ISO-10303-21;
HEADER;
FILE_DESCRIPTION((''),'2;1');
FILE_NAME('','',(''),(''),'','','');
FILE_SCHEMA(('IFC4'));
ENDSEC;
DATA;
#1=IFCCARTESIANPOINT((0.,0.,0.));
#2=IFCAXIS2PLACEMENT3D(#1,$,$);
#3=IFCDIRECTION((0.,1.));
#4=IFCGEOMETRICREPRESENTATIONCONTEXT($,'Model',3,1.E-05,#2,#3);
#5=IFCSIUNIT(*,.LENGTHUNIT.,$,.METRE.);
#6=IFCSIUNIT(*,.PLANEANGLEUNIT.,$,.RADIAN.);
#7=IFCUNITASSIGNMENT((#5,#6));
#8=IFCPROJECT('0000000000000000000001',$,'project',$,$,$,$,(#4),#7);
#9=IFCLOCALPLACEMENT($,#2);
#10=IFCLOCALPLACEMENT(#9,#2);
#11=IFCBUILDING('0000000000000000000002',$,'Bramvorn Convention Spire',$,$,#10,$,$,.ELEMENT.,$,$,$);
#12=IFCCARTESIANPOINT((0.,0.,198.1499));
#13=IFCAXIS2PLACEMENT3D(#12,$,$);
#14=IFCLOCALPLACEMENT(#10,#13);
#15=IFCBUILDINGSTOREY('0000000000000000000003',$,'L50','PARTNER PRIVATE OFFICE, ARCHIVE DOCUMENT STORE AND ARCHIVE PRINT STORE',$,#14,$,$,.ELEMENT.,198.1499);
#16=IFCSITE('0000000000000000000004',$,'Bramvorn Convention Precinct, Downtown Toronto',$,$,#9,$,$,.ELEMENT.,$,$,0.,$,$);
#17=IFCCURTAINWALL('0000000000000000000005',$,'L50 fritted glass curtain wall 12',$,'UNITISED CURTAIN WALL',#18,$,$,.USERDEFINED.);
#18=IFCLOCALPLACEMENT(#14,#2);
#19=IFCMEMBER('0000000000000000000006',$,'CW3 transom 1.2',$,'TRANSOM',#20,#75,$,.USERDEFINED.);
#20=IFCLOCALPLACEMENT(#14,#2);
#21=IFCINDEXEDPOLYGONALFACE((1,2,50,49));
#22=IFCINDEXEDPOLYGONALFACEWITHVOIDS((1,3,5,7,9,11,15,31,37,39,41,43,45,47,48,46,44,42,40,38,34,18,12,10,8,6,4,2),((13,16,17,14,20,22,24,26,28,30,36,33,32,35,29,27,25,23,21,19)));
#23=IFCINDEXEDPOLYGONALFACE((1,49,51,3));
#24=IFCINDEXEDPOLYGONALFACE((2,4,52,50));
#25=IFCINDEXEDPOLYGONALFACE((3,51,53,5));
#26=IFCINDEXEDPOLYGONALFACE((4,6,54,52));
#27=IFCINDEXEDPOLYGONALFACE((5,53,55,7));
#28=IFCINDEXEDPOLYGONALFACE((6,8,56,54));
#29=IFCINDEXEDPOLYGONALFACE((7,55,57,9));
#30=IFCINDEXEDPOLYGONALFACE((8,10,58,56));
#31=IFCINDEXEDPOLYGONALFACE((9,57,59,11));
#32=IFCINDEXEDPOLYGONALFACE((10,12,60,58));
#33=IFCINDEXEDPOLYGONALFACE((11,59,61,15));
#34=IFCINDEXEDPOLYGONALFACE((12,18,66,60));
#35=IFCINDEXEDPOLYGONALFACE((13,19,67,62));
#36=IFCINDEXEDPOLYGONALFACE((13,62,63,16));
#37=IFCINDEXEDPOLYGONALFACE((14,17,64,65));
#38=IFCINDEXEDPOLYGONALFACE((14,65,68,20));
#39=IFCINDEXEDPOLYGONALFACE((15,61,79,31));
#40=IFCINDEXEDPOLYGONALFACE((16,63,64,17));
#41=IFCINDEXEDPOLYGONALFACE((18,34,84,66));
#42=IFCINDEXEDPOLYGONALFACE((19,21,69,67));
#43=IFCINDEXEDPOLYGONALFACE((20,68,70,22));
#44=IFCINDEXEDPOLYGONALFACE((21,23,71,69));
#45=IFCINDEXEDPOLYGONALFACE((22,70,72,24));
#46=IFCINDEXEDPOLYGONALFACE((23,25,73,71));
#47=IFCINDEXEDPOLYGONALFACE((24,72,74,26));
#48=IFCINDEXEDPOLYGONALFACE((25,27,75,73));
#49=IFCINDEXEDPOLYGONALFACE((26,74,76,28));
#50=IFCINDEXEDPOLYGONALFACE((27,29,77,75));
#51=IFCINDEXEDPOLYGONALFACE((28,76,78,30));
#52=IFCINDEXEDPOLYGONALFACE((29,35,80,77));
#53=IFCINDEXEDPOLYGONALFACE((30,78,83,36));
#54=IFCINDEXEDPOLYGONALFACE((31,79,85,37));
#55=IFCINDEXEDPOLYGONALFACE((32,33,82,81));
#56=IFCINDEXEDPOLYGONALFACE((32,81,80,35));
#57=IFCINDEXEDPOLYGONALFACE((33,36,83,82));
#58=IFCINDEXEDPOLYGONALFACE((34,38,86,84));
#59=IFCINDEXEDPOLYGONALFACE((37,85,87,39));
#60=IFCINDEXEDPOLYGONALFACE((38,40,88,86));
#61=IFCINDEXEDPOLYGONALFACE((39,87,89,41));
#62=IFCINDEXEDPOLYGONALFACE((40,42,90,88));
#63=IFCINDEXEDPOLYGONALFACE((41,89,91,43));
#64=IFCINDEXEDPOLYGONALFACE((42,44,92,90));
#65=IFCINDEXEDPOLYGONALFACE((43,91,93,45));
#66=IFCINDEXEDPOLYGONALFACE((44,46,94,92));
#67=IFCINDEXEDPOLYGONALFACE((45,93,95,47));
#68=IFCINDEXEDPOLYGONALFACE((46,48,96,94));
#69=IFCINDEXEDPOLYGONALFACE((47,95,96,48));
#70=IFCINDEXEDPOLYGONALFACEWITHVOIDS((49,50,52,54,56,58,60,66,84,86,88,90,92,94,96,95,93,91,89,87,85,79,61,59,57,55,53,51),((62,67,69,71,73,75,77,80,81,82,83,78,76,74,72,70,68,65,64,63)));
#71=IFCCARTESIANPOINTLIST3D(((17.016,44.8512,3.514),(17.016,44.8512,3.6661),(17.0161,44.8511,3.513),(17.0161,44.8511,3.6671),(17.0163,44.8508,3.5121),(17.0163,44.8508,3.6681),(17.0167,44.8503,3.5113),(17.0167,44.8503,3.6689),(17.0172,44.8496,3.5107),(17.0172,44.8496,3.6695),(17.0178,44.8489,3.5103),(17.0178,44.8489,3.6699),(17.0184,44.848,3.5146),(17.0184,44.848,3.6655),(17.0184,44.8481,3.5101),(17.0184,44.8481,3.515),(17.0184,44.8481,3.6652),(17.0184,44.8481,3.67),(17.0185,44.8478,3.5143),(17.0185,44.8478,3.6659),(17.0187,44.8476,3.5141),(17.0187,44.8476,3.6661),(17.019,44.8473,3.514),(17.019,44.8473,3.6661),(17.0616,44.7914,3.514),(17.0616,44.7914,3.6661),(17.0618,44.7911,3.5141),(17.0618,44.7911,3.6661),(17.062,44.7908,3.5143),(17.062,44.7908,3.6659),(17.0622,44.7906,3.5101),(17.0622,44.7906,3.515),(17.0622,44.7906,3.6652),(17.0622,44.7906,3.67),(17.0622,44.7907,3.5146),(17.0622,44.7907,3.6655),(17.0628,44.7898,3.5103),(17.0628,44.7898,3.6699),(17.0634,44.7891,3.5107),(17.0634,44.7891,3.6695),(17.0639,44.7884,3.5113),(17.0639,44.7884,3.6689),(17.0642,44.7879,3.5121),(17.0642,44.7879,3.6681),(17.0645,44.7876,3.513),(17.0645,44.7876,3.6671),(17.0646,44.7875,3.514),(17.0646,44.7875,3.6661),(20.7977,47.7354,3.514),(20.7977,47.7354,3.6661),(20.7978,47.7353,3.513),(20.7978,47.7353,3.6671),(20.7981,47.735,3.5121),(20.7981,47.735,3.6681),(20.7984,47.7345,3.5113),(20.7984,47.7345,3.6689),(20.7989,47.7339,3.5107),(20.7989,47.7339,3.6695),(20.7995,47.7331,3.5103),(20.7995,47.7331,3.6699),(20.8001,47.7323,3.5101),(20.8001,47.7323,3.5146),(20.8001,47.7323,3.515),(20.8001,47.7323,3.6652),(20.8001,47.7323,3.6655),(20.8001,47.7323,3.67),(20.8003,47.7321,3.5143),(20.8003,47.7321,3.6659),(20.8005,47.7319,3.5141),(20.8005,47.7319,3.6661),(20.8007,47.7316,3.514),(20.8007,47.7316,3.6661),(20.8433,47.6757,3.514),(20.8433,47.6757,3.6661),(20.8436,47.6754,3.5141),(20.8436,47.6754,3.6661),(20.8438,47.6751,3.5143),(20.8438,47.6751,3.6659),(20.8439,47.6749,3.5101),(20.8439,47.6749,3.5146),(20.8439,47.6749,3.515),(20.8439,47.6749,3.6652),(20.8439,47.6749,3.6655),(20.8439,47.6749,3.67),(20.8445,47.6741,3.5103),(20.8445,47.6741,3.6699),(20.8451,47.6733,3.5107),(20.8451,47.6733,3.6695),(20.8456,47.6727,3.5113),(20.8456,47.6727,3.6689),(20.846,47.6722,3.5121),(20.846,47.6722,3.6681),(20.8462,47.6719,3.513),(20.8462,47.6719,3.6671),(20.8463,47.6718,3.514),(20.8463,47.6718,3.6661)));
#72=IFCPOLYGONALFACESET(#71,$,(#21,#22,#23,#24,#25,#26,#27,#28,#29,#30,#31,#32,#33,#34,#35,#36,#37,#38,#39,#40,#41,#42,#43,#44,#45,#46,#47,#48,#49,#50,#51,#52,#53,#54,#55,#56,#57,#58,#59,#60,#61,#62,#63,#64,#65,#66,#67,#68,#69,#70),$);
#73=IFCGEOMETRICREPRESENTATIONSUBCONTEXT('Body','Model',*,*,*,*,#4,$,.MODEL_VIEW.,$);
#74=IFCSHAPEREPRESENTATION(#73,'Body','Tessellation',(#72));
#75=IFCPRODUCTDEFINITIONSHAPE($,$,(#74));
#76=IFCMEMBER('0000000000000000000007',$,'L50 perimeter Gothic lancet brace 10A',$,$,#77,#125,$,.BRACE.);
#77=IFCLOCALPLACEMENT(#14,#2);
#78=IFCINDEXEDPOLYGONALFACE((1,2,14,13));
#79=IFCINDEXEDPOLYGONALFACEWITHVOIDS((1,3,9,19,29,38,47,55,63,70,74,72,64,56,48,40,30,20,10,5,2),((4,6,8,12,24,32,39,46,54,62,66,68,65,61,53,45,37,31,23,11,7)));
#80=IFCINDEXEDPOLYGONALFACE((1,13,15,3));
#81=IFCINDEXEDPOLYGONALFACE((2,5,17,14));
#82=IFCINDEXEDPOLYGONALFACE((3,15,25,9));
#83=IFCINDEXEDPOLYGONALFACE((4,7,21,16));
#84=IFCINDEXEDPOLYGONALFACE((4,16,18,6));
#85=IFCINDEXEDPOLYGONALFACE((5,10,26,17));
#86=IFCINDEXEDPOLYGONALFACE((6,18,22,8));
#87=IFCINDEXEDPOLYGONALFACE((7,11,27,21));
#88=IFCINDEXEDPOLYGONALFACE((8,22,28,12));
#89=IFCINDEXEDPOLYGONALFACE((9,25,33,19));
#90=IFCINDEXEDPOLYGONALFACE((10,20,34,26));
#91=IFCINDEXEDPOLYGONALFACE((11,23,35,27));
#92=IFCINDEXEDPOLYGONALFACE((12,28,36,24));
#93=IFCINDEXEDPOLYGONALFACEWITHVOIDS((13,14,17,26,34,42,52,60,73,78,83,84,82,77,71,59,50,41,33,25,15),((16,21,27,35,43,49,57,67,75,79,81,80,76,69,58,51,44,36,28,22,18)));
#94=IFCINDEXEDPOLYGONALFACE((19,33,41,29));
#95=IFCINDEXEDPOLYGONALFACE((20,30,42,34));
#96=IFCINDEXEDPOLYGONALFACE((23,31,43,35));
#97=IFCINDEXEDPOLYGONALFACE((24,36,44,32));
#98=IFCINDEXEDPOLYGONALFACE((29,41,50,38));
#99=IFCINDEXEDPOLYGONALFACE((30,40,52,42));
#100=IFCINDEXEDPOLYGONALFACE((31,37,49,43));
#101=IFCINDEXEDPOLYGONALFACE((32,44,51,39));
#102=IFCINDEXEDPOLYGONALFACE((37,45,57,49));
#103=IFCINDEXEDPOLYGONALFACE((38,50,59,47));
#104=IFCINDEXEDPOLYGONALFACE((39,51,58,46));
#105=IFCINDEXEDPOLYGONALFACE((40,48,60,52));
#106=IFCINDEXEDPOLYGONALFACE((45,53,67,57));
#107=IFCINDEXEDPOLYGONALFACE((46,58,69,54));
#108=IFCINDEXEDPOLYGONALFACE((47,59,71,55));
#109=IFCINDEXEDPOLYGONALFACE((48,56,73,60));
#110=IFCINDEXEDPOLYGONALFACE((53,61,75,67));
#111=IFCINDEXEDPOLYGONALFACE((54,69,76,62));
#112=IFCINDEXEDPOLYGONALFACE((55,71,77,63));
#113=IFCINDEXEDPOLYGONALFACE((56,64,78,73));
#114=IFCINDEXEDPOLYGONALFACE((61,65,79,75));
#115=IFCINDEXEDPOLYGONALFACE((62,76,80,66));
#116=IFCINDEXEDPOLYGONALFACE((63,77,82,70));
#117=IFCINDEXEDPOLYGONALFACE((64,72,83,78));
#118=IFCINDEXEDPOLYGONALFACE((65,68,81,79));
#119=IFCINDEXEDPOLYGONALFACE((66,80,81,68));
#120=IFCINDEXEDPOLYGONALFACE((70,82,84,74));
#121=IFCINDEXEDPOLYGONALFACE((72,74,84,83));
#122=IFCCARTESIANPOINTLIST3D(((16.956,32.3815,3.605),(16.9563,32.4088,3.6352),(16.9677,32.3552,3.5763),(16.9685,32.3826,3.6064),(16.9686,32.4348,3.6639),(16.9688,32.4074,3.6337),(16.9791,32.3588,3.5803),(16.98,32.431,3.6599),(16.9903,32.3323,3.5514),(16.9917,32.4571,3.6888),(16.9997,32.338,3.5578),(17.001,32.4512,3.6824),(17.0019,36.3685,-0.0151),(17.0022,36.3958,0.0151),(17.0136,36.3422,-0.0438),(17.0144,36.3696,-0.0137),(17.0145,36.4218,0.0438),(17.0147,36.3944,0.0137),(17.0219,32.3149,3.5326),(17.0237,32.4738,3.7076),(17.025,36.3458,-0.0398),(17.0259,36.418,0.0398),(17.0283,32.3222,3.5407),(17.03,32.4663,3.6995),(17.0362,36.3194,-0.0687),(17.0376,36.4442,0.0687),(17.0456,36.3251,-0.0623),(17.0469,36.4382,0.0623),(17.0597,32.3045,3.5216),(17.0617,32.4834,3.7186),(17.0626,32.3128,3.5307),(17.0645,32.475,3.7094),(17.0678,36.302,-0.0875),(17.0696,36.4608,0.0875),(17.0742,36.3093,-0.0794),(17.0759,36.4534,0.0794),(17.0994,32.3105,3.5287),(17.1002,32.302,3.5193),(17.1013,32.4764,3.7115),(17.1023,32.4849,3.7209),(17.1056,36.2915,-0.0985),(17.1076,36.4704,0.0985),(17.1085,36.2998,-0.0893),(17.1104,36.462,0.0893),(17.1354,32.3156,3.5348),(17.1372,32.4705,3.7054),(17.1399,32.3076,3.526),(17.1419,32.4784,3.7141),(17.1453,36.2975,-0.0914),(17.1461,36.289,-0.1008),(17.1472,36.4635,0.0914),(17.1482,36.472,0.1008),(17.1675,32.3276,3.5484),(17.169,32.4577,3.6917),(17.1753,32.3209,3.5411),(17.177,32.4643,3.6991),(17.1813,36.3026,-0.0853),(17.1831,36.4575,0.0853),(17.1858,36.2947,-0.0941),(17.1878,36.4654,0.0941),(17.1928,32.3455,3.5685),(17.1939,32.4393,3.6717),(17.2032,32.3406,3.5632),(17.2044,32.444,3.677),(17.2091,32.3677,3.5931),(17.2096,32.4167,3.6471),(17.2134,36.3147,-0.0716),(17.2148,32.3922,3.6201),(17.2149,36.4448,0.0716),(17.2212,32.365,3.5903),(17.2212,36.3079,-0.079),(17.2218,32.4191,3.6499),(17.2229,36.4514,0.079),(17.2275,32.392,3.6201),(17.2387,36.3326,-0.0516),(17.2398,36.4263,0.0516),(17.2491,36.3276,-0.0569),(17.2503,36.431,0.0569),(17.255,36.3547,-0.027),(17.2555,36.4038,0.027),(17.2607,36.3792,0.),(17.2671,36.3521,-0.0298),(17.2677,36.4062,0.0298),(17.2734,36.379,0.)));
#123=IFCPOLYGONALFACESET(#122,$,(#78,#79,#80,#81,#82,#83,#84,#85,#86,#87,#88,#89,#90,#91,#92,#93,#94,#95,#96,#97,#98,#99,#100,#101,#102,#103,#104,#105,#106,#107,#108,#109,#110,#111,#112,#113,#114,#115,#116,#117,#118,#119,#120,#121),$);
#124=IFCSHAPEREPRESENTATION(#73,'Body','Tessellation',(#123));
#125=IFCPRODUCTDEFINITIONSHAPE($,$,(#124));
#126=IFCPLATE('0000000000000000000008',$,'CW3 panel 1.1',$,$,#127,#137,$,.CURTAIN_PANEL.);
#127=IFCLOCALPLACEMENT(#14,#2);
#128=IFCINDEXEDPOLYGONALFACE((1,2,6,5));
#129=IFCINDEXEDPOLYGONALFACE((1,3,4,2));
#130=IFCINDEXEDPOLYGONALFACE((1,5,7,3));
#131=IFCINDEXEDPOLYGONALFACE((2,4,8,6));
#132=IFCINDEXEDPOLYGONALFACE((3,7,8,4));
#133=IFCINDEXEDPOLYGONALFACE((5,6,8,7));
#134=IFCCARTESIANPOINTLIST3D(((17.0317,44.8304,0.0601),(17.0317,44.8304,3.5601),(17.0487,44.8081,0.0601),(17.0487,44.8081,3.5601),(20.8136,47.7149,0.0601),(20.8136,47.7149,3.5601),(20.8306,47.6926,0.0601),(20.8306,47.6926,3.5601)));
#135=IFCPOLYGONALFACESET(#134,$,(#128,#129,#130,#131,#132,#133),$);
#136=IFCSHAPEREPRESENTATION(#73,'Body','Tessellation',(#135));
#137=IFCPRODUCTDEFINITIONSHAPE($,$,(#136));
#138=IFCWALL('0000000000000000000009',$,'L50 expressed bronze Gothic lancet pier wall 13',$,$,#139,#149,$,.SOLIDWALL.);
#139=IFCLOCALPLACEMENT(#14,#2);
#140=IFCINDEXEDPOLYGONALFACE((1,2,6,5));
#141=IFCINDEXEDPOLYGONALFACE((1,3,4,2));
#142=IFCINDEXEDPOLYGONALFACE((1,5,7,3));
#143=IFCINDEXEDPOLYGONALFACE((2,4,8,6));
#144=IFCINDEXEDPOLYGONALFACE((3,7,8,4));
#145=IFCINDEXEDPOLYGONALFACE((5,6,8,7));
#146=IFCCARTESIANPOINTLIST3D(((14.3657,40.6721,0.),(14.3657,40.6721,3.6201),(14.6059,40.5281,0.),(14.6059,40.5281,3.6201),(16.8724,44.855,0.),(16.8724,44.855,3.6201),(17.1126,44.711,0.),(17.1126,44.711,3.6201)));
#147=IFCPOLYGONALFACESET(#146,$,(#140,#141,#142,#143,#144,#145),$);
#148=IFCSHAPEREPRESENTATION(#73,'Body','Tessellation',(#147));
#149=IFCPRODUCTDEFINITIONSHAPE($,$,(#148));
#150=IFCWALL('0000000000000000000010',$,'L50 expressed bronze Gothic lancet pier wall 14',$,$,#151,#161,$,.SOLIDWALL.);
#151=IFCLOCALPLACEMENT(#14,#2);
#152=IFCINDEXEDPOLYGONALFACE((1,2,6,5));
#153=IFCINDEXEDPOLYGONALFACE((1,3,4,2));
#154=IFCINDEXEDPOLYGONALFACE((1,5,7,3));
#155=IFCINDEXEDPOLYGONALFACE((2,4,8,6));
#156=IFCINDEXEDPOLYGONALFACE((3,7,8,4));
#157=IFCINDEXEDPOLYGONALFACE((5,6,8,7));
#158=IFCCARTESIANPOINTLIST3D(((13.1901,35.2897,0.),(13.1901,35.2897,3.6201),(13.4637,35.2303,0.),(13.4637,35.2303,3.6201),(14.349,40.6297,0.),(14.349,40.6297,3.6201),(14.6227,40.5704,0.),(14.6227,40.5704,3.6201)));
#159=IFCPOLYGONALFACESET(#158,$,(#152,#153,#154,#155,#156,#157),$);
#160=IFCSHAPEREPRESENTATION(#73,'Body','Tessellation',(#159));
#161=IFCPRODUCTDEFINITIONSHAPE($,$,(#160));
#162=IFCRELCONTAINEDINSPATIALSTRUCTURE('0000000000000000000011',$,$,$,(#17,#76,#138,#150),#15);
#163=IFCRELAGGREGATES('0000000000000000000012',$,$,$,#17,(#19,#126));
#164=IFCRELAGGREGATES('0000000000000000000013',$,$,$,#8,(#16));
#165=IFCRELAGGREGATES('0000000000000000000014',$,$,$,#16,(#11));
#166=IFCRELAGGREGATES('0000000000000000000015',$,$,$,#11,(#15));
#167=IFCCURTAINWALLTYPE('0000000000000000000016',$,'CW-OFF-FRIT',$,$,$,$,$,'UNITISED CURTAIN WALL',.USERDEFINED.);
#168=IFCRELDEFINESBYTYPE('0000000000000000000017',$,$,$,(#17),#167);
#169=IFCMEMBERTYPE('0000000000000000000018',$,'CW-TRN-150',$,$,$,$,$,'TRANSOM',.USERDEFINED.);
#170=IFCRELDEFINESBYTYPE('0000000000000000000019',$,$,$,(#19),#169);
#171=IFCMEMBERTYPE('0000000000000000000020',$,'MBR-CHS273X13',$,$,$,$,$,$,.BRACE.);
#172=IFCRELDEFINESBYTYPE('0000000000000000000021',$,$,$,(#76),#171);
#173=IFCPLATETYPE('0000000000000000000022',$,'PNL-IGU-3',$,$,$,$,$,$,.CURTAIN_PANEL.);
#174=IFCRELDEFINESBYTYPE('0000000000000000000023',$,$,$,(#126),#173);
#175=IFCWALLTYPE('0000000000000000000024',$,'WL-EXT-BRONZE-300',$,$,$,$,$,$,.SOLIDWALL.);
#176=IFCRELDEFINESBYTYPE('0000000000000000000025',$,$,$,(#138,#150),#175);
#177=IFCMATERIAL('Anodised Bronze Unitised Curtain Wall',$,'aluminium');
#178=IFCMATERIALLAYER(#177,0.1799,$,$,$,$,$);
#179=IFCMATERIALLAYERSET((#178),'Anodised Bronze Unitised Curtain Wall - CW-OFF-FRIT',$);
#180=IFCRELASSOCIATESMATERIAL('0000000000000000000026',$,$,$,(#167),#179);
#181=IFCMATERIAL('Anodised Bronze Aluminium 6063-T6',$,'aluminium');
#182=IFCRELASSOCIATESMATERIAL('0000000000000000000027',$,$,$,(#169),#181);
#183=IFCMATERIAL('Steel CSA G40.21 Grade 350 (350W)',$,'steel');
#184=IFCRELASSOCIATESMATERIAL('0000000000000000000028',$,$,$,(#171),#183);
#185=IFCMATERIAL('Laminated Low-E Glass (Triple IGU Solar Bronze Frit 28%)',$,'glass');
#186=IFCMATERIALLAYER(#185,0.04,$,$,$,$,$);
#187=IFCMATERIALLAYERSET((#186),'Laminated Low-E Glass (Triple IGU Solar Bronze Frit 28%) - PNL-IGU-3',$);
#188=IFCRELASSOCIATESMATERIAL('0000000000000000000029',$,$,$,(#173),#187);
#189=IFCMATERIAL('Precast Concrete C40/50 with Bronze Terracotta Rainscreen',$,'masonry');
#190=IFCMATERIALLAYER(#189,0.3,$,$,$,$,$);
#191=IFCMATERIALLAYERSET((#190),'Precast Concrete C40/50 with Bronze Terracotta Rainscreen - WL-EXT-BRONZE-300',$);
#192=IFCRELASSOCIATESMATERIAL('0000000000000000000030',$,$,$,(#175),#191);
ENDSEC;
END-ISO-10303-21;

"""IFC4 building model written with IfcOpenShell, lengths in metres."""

from ifc_helpers import new_model, si_unit, direction, frame, frame_2d, origin, origin_2d, place, context, subcontext, project, spatial, rectangle, hollow_rectangle, hollow_circle, extrude, material, layer, layer_set, material_profile, profile_set, type_object, element, aggregate, save


model = new_model("IFC4")

# Units and contexts
model_context = context("Model", 3, precision=1e-05, world=origin(), true_north=direction((0.0, 1.0)))
body_context = subcontext(model_context, "Body", "Model", "MODEL_VIEW")
ifc_project = project(units=[si_unit("LENGTHUNIT", "METRE"), si_unit("PLANEANGLEUNIT", "RADIAN")], contexts=[model_context])

# Site, building, storey
site_placement = place(None, origin())
site = spatial("IfcSite", under=ifc_project, at=site_placement, Name="Bramvorn Convention Precinct, Downtown Toronto", CompositionType="ELEMENT", RefElevation=0.0)
building_placement = place(site_placement, origin())
building = spatial("IfcBuilding", under=site, at=building_placement, Name="Bramvorn Convention Spire", CompositionType="ELEMENT")
storey_placement = place(building_placement, frame((0.0, 0.0, 198.1499)))
storey = spatial("IfcBuildingStorey", under=building, at=storey_placement, Name="L50", Description="PARTNER PRIVATE OFFICE, ARCHIVE DOCUMENT STORE AND ARCHIVE PRINT STORE", CompositionType="ELEMENT", Elevation=198.1499)

# Shared definitions
ifc_material_1 = material(Name="Steel CSA G40.21 Grade 350 (350W)", Category="steel")

# Shared definitions
ifc_material_2 = material(Name="Anodised Bronze Unitised Curtain Wall", Category="aluminium")
ifc_layer_1 = layer(ifc_material_2, 0.1799)
ifc_layer_set_1 = layer_set([ifc_layer_1], Name="Anodised Bronze Unitised Curtain Wall - CW-OFF-FRIT")
curtain_wall_type = type_object("IfcCurtainWallType", Name="CW-OFF-FRIT", ElementType="UNITISED CURTAIN WALL", PredefinedType="USERDEFINED", material=ifc_layer_set_1)
ifc_material_3 = material(Name="Anodised Bronze Aluminium 6063-T6", Category="aluminium")

# Curtain wall
curtain_wall_1_placement = place(storey_placement, origin())
curtain_wall_1 = element("IfcCurtainWall", 1, at=curtain_wall_1_placement, inside=storey, type_object=curtain_wall_type, Name="L50 fritted glass curtain wall 12", ObjectType="UNITISED CURTAIN WALL", PredefinedType="USERDEFINED")

# Members
ifc_material_profile_1 = material_profile(ifc_material_3, hollow_rectangle(XDim=0.0801, YDim=0.1599, WallThickness=0.0039, InnerFilletRadius=0.001, OuterFilletRadius=0.0039, at=origin_2d()))
ifc_profile_set_1 = profile_set([ifc_material_profile_1], Name="Anodised Bronze Aluminium 6063-T6 - CWT80X160")
member_type_1 = type_object("IfcMemberType", Name="CW-TRN-150", ElementType="TRANSOM", PredefinedType="USERDEFINED", material=ifc_profile_set_1)
member_1_placement = place(storey_placement, frame((17.0403, 44.8193, 3.5901), z_axis=(0.795132, 0.606436, 0.0), x_axis=(-0.606436, 0.795132, 0.0)))
member_1 = element("IfcMember", 2, at=member_1_placement, type_object=member_type_1, Name="CW3 transom 1.2", ObjectType="TRANSOM", PredefinedType="USERDEFINED", context=body_context, shape_type="SweptSolid", body=[
    extrude(hollow_rectangle(XDim=0.0801, YDim=0.1599, WallThickness=0.0039, InnerFilletRadius=0.001, OuterFilletRadius=0.0039, at=origin_2d()), origin(), (0.0, 0.0, 1.0), 4.7561),
])
ifc_material_profile_2 = material_profile(ifc_material_1, hollow_circle(Radius=0.1365, WallThickness=0.0127, at=origin_2d()))
ifc_profile_set_2 = profile_set([ifc_material_profile_2], Name="Steel CSA G40.21 Grade 350 (350W) - CHS273X13")
member_type_2 = type_object("IfcMemberType", Name="MBR-CHS273X13", PredefinedType="BRACE", material=ifc_profile_set_2)
member_2_placement = place(storey_placement, frame((17.137, 36.3806, 0.0), z_axis=(-0.008523, -0.740327, 0.672192), x_axis=(0.999934, -0.011511, 0.0)))
element("IfcMember", 3, at=member_2_placement, inside=storey, type_object=member_type_2, Name="L50 perimeter Gothic lancet brace 10A", PredefinedType="BRACE", context=body_context, shape_type="SweptSolid", body=[
    extrude(hollow_circle(Radius=0.1365, WallThickness=0.0127, at=origin_2d()), origin(), (0.0, 0.0, 1.0), 5.3855),
])

# Plate
ifc_material_4 = material(Name="Laminated Low-E Glass (Triple IGU Solar Bronze Frit 28%)", Category="glass")
ifc_layer_2 = layer(ifc_material_4, 0.04)
ifc_layer_set_2 = layer_set([ifc_layer_2], Name="Laminated Low-E Glass (Triple IGU Solar Bronze Frit 28%) - PNL-IGU-3")
plate_type = type_object("IfcPlateType", Name="PNL-IGU-3", PredefinedType="CURTAIN_PANEL", material=ifc_layer_set_2)
plate_placement = place(storey_placement, frame((18.9312, 46.2615, 0.0601), z_axis=(0.0, 0.0, 1.0), x_axis=(0.795121, 0.606451, 0.0)))
plate = element("IfcPlate", 4, at=plate_placement, type_object=plate_type, Name="CW3 panel 1.1", PredefinedType="CURTAIN_PANEL", context=body_context, shape_type="SweptSolid", body=[
    extrude(rectangle(XDim=4.7563, YDim=0.0281, at=origin_2d()), origin(), (0.0, 0.0, 1.0), 3.5),
])
aggregate(curtain_wall_1, [member_1, plate])

# Walls
ifc_material_5 = material(Name="Precast Concrete C40/50 with Bronze Terracotta Rainscreen", Category="masonry")
ifc_layer_3 = layer(ifc_material_5, 0.3)
ifc_layer_set_3 = layer_set([ifc_layer_3], Name="Precast Concrete C40/50 with Bronze Terracotta Rainscreen - WL-EXT-BRONZE-300")
wall_type = type_object("IfcWallType", Name="WL-EXT-BRONZE-300", PredefinedType="SOLIDWALL", material=ifc_layer_set_3)
wall_1_placement = place(storey_placement, frame((14.4858, 40.6001, 0.0), z_axis=(0.0, 0.0, 1.0), x_axis=(0.514024, 0.857776, 0.0)))
element("IfcWall", 5, at=wall_1_placement, inside=storey, type_object=wall_type, Name="L50 expressed bronze Gothic lancet pier wall 13", PredefinedType="SOLIDWALL", context=body_context, shape_type="SweptSolid", body=[
    extrude(rectangle(XDim=4.8765, YDim=0.28, at=frame_2d((2.4382, 0.0))), origin(), (0.0, 0.0, 1.0), 3.6201),
])
wall_2_placement = place(storey_placement, frame((13.3269, 35.26, 0.0), z_axis=(0.0, 0.0, 1.0), x_axis=(0.212088, 0.97725, 0.0)))
element("IfcWall", 6, at=wall_2_placement, inside=storey, type_object=wall_type, Name="L50 expressed bronze Gothic lancet pier wall 14", PredefinedType="SOLIDWALL", context=body_context, shape_type="SweptSolid", body=[
    extrude(rectangle(XDim=5.4644, YDim=0.28, at=frame_2d((2.7322, 0.0))), origin(), (0.0, 0.0, 1.0), 3.6201),
])

save(model, "model.ifc")
